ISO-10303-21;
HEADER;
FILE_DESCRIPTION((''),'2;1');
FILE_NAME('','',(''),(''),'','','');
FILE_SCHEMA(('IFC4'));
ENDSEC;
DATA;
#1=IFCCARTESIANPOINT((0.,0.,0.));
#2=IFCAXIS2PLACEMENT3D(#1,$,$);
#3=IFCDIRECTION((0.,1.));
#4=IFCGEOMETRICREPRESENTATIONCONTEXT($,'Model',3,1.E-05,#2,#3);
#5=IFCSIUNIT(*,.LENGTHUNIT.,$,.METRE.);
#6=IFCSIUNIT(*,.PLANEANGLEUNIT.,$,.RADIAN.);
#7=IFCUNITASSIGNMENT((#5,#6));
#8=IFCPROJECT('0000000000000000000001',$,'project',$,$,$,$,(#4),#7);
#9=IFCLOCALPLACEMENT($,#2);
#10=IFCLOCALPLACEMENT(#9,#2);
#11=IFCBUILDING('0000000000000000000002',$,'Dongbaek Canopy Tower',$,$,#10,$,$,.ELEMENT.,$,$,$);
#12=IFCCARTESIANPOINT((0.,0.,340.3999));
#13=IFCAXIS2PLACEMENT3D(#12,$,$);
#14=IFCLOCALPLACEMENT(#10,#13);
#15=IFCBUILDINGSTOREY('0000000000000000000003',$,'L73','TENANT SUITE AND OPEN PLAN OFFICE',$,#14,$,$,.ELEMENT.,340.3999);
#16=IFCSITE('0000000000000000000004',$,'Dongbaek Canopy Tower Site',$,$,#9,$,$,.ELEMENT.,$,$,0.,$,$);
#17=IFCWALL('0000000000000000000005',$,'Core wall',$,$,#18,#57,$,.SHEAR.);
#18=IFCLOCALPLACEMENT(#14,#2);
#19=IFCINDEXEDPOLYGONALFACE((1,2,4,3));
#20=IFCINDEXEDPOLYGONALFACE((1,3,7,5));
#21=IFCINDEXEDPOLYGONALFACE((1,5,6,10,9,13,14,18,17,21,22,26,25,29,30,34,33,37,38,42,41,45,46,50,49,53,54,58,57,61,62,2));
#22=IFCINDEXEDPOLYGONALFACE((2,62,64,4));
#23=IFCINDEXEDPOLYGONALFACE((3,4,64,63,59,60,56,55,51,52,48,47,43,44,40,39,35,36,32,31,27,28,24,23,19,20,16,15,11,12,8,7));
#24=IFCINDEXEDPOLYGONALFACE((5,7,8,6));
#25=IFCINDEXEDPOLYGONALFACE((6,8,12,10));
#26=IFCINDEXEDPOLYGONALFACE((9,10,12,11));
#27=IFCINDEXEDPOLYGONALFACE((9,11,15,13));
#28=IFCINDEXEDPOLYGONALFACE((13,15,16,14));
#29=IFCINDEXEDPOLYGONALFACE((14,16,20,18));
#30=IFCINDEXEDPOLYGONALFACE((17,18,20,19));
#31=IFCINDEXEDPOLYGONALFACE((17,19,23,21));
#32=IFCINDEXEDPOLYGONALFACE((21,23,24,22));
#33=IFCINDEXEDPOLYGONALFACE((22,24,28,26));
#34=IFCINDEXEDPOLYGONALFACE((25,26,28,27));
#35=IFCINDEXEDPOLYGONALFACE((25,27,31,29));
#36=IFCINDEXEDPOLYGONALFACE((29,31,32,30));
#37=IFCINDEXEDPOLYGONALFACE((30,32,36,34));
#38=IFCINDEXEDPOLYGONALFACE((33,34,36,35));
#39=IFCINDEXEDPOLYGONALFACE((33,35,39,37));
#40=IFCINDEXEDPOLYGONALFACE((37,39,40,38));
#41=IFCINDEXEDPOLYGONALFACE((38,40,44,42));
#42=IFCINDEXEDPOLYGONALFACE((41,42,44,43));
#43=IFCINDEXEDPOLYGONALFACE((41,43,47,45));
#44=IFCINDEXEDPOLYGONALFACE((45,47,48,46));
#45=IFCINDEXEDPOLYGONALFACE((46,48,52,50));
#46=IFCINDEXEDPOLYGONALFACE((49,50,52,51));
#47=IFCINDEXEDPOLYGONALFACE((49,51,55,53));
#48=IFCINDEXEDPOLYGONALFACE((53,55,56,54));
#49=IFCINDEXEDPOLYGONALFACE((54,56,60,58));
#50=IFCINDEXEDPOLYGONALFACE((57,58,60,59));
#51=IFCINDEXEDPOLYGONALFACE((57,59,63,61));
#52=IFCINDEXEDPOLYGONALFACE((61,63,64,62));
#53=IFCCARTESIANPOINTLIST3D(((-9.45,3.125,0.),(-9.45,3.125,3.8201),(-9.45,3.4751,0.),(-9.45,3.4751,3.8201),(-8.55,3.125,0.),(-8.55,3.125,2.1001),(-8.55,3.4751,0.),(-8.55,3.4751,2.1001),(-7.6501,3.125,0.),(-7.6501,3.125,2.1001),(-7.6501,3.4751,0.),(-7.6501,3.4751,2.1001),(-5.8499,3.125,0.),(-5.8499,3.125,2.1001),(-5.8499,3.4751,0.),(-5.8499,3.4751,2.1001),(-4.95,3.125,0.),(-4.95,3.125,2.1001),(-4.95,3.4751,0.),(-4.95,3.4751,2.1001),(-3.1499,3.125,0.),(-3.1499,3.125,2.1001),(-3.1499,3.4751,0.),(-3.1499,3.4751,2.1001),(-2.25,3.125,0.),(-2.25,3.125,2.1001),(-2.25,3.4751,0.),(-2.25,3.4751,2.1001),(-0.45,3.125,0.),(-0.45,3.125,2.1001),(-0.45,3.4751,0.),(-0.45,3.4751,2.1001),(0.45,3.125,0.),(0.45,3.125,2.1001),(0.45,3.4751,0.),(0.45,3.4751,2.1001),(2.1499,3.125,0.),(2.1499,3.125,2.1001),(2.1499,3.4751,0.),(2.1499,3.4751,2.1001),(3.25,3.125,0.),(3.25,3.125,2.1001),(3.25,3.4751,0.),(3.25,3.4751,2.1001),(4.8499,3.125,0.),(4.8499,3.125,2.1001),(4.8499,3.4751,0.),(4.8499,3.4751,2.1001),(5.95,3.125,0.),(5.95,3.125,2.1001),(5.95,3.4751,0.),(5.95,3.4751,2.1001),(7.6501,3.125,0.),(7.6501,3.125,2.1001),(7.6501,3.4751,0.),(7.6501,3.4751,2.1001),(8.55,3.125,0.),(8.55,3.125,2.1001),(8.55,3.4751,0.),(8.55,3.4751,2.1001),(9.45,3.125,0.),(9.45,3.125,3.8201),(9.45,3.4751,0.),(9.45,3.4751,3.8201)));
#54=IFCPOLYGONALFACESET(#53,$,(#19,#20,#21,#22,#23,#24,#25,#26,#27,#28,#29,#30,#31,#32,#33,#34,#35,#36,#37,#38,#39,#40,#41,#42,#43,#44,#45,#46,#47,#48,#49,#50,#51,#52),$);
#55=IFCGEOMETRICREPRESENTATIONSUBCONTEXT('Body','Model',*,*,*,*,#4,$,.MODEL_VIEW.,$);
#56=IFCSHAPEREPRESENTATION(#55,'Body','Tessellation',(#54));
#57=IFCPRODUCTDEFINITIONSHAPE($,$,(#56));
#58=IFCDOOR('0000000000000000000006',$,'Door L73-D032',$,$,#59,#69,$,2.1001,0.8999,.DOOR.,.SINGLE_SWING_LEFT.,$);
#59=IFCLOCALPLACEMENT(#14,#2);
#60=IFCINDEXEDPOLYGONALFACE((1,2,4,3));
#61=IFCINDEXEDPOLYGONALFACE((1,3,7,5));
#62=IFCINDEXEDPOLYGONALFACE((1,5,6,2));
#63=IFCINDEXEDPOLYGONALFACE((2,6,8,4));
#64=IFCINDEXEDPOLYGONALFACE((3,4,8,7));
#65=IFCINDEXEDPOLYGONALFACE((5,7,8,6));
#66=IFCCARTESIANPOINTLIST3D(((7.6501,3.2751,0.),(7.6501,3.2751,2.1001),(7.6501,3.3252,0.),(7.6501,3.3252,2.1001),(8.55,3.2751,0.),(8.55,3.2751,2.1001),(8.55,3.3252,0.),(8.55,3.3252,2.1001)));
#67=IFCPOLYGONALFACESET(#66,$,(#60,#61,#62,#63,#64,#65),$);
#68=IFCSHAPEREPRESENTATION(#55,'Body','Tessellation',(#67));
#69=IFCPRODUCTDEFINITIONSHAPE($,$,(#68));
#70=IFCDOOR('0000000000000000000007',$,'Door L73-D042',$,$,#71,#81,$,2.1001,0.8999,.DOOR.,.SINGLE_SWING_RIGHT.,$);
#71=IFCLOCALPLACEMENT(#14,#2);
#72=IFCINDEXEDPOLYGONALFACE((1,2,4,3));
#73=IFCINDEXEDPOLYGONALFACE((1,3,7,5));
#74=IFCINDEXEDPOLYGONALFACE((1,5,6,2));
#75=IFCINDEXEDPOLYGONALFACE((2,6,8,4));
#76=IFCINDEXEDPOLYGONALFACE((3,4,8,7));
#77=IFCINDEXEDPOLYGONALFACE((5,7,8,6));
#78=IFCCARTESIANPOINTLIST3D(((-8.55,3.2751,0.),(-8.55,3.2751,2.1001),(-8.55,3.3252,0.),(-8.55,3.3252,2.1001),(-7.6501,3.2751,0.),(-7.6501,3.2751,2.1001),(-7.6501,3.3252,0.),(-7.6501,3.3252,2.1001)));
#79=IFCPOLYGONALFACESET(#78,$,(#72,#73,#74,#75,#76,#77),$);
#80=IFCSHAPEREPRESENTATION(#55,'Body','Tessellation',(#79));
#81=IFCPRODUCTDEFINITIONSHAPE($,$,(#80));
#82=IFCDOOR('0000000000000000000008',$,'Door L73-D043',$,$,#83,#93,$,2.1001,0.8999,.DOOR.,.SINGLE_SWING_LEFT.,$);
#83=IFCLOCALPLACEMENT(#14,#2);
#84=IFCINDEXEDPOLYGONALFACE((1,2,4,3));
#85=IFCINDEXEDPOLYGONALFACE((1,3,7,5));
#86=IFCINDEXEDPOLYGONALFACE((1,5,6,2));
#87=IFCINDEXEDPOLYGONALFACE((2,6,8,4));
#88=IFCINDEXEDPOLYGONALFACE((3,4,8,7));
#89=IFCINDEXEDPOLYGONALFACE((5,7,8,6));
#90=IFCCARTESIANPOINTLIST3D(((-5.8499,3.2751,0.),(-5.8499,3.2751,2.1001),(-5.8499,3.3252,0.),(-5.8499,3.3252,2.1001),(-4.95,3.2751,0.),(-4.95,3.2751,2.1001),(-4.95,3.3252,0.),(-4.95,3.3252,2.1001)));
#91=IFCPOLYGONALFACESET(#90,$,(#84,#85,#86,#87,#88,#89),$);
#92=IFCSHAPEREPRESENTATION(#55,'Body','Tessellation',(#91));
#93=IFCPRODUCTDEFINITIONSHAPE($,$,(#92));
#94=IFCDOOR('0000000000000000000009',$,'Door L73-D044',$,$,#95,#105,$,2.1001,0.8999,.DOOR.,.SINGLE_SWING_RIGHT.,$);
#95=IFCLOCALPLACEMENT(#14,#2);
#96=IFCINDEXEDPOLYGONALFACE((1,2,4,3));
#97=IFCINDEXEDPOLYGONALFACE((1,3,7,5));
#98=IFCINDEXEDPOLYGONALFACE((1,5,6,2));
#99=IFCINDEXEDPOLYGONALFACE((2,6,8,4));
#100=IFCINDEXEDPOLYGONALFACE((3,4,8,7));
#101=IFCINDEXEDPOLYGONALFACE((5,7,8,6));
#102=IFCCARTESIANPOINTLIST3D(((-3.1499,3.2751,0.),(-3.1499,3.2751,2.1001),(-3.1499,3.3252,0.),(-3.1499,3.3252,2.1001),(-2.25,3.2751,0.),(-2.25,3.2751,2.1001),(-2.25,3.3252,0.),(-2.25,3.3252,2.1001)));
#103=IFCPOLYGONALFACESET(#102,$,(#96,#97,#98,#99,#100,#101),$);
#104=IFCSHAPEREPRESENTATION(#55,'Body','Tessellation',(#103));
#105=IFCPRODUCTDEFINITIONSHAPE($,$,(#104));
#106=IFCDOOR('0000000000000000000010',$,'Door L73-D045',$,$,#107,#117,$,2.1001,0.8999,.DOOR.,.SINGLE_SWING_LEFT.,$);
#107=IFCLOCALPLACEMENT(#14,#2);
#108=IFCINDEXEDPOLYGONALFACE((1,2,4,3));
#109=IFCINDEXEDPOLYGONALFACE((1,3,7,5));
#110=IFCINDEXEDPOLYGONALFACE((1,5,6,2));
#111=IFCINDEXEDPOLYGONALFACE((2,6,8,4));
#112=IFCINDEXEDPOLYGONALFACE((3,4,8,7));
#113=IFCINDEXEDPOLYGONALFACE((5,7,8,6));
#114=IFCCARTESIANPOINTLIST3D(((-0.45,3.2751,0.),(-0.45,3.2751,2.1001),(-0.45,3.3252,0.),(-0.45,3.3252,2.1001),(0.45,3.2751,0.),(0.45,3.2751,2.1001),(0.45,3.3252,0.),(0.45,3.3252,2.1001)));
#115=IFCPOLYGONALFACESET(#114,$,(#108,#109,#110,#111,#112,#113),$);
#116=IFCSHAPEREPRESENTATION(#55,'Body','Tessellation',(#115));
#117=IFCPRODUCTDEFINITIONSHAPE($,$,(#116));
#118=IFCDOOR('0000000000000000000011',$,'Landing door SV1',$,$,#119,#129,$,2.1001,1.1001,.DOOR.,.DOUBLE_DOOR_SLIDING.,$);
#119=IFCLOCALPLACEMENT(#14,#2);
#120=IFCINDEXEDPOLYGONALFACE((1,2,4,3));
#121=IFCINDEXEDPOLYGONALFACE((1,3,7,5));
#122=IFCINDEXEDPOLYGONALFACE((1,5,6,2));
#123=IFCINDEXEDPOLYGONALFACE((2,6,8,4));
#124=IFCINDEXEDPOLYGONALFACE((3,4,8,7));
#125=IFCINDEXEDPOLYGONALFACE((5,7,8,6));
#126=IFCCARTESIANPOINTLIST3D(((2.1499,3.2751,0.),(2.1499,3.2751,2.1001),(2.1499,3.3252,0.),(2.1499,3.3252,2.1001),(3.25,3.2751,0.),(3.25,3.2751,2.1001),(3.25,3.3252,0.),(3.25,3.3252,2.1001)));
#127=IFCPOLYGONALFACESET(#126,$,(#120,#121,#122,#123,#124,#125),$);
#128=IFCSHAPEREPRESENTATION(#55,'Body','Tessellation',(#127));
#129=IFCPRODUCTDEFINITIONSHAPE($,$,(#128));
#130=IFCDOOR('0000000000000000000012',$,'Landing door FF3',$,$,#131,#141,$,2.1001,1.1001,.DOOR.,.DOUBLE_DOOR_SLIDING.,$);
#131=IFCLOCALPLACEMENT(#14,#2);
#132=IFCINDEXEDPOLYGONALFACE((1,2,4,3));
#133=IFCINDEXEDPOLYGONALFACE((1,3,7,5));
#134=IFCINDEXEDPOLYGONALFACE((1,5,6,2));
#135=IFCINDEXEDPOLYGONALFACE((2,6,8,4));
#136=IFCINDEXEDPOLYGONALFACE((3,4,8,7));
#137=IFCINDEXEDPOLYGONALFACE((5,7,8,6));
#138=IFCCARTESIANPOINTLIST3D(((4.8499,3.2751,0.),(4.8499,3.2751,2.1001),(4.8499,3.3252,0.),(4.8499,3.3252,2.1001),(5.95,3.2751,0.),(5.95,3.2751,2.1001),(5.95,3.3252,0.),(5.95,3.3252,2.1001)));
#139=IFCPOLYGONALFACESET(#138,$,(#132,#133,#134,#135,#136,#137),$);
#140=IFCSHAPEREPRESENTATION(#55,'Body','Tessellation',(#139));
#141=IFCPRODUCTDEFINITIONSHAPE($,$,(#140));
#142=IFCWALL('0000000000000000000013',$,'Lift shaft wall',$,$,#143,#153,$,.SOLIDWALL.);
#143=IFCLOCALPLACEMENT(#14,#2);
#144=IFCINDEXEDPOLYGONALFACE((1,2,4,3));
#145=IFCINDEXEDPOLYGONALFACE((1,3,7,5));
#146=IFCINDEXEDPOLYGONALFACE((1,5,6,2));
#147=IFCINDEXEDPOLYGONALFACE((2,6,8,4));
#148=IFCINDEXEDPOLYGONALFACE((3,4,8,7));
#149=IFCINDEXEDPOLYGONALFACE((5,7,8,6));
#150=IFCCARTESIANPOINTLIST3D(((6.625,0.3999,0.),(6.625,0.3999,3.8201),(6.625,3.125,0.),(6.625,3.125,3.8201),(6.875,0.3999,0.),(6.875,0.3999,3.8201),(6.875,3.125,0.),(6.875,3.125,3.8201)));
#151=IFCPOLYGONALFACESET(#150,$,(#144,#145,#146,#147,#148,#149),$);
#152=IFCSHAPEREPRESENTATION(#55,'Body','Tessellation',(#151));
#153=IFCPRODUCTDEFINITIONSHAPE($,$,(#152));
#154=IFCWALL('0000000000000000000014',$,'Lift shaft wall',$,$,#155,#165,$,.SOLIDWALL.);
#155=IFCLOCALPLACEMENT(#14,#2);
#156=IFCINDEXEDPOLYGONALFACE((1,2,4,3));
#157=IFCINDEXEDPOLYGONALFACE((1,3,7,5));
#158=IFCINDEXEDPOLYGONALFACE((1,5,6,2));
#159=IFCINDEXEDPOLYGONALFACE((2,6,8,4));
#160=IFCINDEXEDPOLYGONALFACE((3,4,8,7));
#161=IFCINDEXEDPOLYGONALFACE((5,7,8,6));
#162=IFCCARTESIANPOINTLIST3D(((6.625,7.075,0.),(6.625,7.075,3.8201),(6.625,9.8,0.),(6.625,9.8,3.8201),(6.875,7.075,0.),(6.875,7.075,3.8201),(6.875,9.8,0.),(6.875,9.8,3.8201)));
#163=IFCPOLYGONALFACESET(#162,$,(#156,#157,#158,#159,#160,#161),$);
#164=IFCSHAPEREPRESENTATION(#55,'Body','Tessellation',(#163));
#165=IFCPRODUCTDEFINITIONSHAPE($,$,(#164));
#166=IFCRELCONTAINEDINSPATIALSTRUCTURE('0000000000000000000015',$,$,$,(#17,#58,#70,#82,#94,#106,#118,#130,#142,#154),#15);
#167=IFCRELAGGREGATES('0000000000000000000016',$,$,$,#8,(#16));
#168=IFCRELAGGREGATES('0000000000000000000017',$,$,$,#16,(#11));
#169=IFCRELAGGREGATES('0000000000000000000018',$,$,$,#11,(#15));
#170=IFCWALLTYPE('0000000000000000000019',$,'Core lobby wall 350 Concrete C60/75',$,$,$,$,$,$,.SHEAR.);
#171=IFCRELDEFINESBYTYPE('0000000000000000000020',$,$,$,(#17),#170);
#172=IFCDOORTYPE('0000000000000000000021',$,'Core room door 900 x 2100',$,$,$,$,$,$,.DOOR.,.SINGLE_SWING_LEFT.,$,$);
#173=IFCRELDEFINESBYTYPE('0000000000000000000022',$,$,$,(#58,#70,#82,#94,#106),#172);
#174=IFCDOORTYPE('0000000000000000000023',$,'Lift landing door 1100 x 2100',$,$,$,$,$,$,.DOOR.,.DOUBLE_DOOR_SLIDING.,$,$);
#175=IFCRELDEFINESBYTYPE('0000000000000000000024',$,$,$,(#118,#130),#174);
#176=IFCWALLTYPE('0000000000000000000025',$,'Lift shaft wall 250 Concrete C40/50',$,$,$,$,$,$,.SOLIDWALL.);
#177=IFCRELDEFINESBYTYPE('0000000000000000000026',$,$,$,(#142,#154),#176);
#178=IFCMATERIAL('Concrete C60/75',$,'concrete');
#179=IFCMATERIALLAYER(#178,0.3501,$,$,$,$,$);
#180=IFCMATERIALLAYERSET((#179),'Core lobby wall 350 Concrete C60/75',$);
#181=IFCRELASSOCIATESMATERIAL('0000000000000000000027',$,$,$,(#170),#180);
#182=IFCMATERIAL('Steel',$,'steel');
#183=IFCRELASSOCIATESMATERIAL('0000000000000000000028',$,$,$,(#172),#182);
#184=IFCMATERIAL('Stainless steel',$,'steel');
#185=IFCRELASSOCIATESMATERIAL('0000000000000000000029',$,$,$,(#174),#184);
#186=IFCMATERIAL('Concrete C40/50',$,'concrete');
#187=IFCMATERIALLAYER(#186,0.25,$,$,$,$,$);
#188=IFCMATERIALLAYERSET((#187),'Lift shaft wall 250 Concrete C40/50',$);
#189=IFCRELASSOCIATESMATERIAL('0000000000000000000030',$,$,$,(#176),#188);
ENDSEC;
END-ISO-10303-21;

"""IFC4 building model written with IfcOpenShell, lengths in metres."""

from ifc_helpers import new_model, si_unit, direction, frame, frame_2d, origin, place, context, subcontext, project, spatial, rectangle, extrude, material, layer, layer_set, type_object, element, fill, save


model = new_model("IFC4")

# Units and contexts
model_context = context("Model", 3, precision=1e-05, world=origin(), true_north=direction((0.0, 1.0)))
body_context = subcontext(model_context, "Body", "Model", "MODEL_VIEW")
ifc_project = project(units=[si_unit("LENGTHUNIT", "METRE"), si_unit("PLANEANGLEUNIT", "RADIAN")], contexts=[model_context])

# Site, building, storey
site_placement = place(None, origin())
site = spatial("IfcSite", under=ifc_project, at=site_placement, Name="Dongbaek Canopy Tower Site", CompositionType="ELEMENT", RefElevation=0.0)
building_placement = place(site_placement, origin())
building = spatial("IfcBuilding", under=site, at=building_placement, Name="Dongbaek Canopy Tower", CompositionType="ELEMENT")
storey_placement = place(building_placement, frame((0.0, 0.0, 340.3999)))
storey = spatial("IfcBuildingStorey", under=building, at=storey_placement, Name="L73", Description="TENANT SUITE AND OPEN PLAN OFFICE", CompositionType="ELEMENT", Elevation=340.3999)

# Wall, openings, doors
ifc_material_1 = material(Name="Concrete C60/75", Category="concrete")
ifc_layer_1 = layer(ifc_material_1, 0.3501)
ifc_layer_set_1 = layer_set([ifc_layer_1], Name="Core lobby wall 350 Concrete C60/75")
wall_type_1 = type_object("IfcWallType", Name="Core lobby wall 350 Concrete C60/75", PredefinedType="SHEAR", material=ifc_layer_set_1)
wall_1_placement = place(storey_placement, frame((9.45, 3.3, 0.0), z_axis=(0.0, 0.0, 1.0), x_axis=(-1.0, 0.0, 0.0)))
wall_1 = element("IfcWall", 1, at=wall_1_placement, inside=storey, type_object=wall_type_1, Name="Core wall", PredefinedType="SHEAR", context=body_context, shape_type="SweptSolid", body=[
    extrude(rectangle(XDim=18.8999, YDim=0.3501, at=frame_2d((9.45, 0.0))), origin(), (0.0, 0.0, 1.0), 3.8201),
])
opening_1_placement = place(wall_1_placement, frame((6.2, 0.0, 0.0)))
opening_1 = element("IfcOpeningElement", 2, at=opening_1_placement, cuts=wall_1, PredefinedType="OPENING", context=body_context, shape_type="SweptSolid", body=[
    extrude(rectangle(XDim=1.1001, YDim=2.1001, at=frame_2d((0.55, 1.05))), frame((0.0, 0.1851, 0.0), z_axis=(0.0, -1.0, 0.0), x_axis=(1.0, 0.0, 0.0)), (0.0, 0.0, 1.0), 0.3701),
])
opening_2_placement = place(wall_1_placement, frame((3.5, 0.0, 0.0)))
opening_2 = element("IfcOpeningElement", 3, at=opening_2_placement, cuts=wall_1, PredefinedType="OPENING", context=body_context, shape_type="SweptSolid", body=[
    extrude(rectangle(XDim=1.1001, YDim=2.1001, at=frame_2d((0.55, 1.05))), frame((0.0, 0.1851, 0.0), z_axis=(0.0, -1.0, 0.0), x_axis=(1.0, 0.0, 0.0)), (0.0, 0.0, 1.0), 0.3701),
])
opening_3_placement = place(wall_1_placement, frame((0.8999, 0.0, 0.0)))
opening_3 = element("IfcOpeningElement", 4, at=opening_3_placement, cuts=wall_1, PredefinedType="OPENING", context=body_context, shape_type="SweptSolid", body=[
    extrude(rectangle(XDim=0.8999, YDim=2.1001, at=frame_2d((0.45, 1.05))), frame((0.0, 0.1851, 0.0), z_axis=(0.0, -1.0, 0.0), x_axis=(1.0, 0.0, 0.0)), (0.0, 0.0, 1.0), 0.3701),
])
opening_4_placement = place(wall_1_placement, frame((17.1001, 0.0, 0.0)))
opening_4 = element("IfcOpeningElement", 5, at=opening_4_placement, cuts=wall_1, PredefinedType="OPENING", context=body_context, shape_type="SweptSolid", body=[
    extrude(rectangle(XDim=0.8999, YDim=2.1001, at=frame_2d((0.45, 1.05))), frame((0.0, 0.1851, 0.0), z_axis=(0.0, -1.0, 0.0), x_axis=(1.0, 0.0, 0.0)), (0.0, 0.0, 1.0), 0.3701),
])
opening_5_placement = place(wall_1_placement, frame((14.3999, 0.0, 0.0)))
opening_5 = element("IfcOpeningElement", 6, at=opening_5_placement, cuts=wall_1, PredefinedType="OPENING", context=body_context, shape_type="SweptSolid", body=[
    extrude(rectangle(XDim=0.8999, YDim=2.1001, at=frame_2d((0.45, 1.05))), frame((0.0, 0.1851, 0.0), z_axis=(0.0, -1.0, 0.0), x_axis=(1.0, 0.0, 0.0)), (0.0, 0.0, 1.0), 0.3701),
])
opening_6_placement = place(wall_1_placement, frame((11.7, 0.0, 0.0)))
opening_6 = element("IfcOpeningElement", 7, at=opening_6_placement, cuts=wall_1, PredefinedType="OPENING", context=body_context, shape_type="SweptSolid", body=[
    extrude(rectangle(XDim=0.8999, YDim=2.1001, at=frame_2d((0.45, 1.05))), frame((0.0, 0.1851, 0.0), z_axis=(0.0, -1.0, 0.0), x_axis=(1.0, 0.0, 0.0)), (0.0, 0.0, 1.0), 0.3701),
])
opening_7_placement = place(wall_1_placement, frame((9.0, 0.0, 0.0)))
opening_7 = element("IfcOpeningElement", 8, at=opening_7_placement, cuts=wall_1, PredefinedType="OPENING", context=body_context, shape_type="SweptSolid", body=[
    extrude(rectangle(XDim=0.8999, YDim=2.1001, at=frame_2d((0.45, 1.05))), frame((0.0, 0.1851, 0.0), z_axis=(0.0, -1.0, 0.0), x_axis=(1.0, 0.0, 0.0)), (0.0, 0.0, 1.0), 0.3701),
])
ifc_material_2 = material(Name="Steel", Category="steel")
door_type_1 = type_object("IfcDoorType", Name="Core room door 900 x 2100", OperationType="SINGLE_SWING_LEFT", PredefinedType="DOOR", material=ifc_material_2)
door_1_placement = place(opening_3_placement, origin())
door_1 = element("IfcDoor", 9, at=door_1_placement, inside=storey, type_object=door_type_1, Name="Door L73-D032", OperationType="SINGLE_SWING_LEFT", OverallHeight=2.1001, OverallWidth=0.8999, PredefinedType="DOOR", context=body_context, shape_type="SweptSolid", body=[
    extrude(rectangle(XDim=0.8999, YDim=2.1001, at=frame_2d((0.45, 1.05))), frame((0.0, 0.0249, 0.0), z_axis=(0.0, -1.0, 0.0), x_axis=(1.0, 0.0, 0.0)), (0.0, 0.0, 1.0), 0.05),
])
fill(opening_3, door_1)
door_2_placement = place(opening_4_placement, origin())
door_2 = element("IfcDoor", 10, at=door_2_placement, inside=storey, type_object=door_type_1, Name="Door L73-D042", OperationType="SINGLE_SWING_RIGHT", OverallHeight=2.1001, OverallWidth=0.8999, PredefinedType="DOOR", context=body_context, shape_type="SweptSolid", body=[
    extrude(rectangle(XDim=0.8999, YDim=2.1001, at=frame_2d((0.45, 1.05))), frame((0.0, 0.0249, 0.0), z_axis=(0.0, -1.0, 0.0), x_axis=(1.0, 0.0, 0.0)), (0.0, 0.0, 1.0), 0.05),
])
fill(opening_4, door_2)
door_3_placement = place(opening_5_placement, origin())
door_3 = element("IfcDoor", 11, at=door_3_placement, inside=storey, type_object=door_type_1, Name="Door L73-D043", OperationType="SINGLE_SWING_LEFT", OverallHeight=2.1001, OverallWidth=0.8999, PredefinedType="DOOR", context=body_context, shape_type="SweptSolid", body=[
    extrude(rectangle(XDim=0.8999, YDim=2.1001, at=frame_2d((0.45, 1.05))), frame((0.0, 0.0249, 0.0), z_axis=(0.0, -1.0, 0.0), x_axis=(1.0, 0.0, 0.0)), (0.0, 0.0, 1.0), 0.05),
])
fill(opening_5, door_3)
door_4_placement = place(opening_6_placement, origin())
door_4 = element("IfcDoor", 12, at=door_4_placement, inside=storey, type_object=door_type_1, Name="Door L73-D044", OperationType="SINGLE_SWING_RIGHT", OverallHeight=2.1001, OverallWidth=0.8999, PredefinedType="DOOR", context=body_context, shape_type="SweptSolid", body=[
    extrude(rectangle(XDim=0.8999, YDim=2.1001, at=frame_2d((0.45, 1.05))), frame((0.0, 0.0249, 0.0), z_axis=(0.0, -1.0, 0.0), x_axis=(1.0, 0.0, 0.0)), (0.0, 0.0, 1.0), 0.05),
])
fill(opening_6, door_4)
door_5_placement = place(opening_7_placement, origin())
door_5 = element("IfcDoor", 13, at=door_5_placement, inside=storey, type_object=door_type_1, Name="Door L73-D045", OperationType="SINGLE_SWING_LEFT", OverallHeight=2.1001, OverallWidth=0.8999, PredefinedType="DOOR", context=body_context, shape_type="SweptSolid", body=[
    extrude(rectangle(XDim=0.8999, YDim=2.1001, at=frame_2d((0.45, 1.05))), frame((0.0, 0.0249, 0.0), z_axis=(0.0, -1.0, 0.0), x_axis=(1.0, 0.0, 0.0)), (0.0, 0.0, 1.0), 0.05),
])
fill(opening_7, door_5)
ifc_material_3 = material(Name="Stainless steel", Category="steel")
door_type_2 = type_object("IfcDoorType", Name="Lift landing door 1100 x 2100", OperationType="DOUBLE_DOOR_SLIDING", PredefinedType="DOOR", material=ifc_material_3)
door_6_placement = place(opening_1_placement, origin())
door_6 = element("IfcDoor", 14, at=door_6_placement, inside=storey, type_object=door_type_2, Name="Landing door SV1", OperationType="DOUBLE_DOOR_SLIDING", OverallHeight=2.1001, OverallWidth=1.1001, PredefinedType="DOOR", context=body_context, shape_type="SweptSolid", body=[
    extrude(rectangle(XDim=1.1001, YDim=2.1001, at=frame_2d((0.55, 1.05))), frame((0.0, 0.0249, 0.0), z_axis=(0.0, -1.0, 0.0), x_axis=(1.0, 0.0, 0.0)), (0.0, 0.0, 1.0), 0.05),
])
fill(opening_1, door_6)
door_7_placement = place(opening_2_placement, origin())
door_7 = element("IfcDoor", 15, at=door_7_placement, inside=storey, type_object=door_type_2, Name="Landing door FF3", OperationType="DOUBLE_DOOR_SLIDING", OverallHeight=2.1001, OverallWidth=1.1001, PredefinedType="DOOR", context=body_context, shape_type="SweptSolid", body=[
    extrude(rectangle(XDim=1.1001, YDim=2.1001, at=frame_2d((0.55, 1.05))), frame((0.0, 0.0249, 0.0), z_axis=(0.0, -1.0, 0.0), x_axis=(1.0, 0.0, 0.0)), (0.0, 0.0, 1.0), 0.05),
])
fill(opening_2, door_7)

# Walls
ifc_material_4 = material(Name="Concrete C40/50", Category="concrete")
ifc_layer_2 = layer(ifc_material_4, 0.25)
ifc_layer_set_2 = layer_set([ifc_layer_2], Name="Lift shaft wall 250 Concrete C40/50")
wall_type_2 = type_object("IfcWallType", Name="Lift shaft wall 250 Concrete C40/50", PredefinedType="SOLIDWALL", material=ifc_layer_set_2)
for number, where, z_axis, x_axis, name in (
    (16, (6.75, 0.3999, 0.0), (0.0, 0.0, 1.0), (0.0, 1.0, 0.0), "Lift shaft wall"),
    (17, (6.75, 7.075, 0.0), (0.0, 0.0, 1.0), (0.0, 1.0, 0.0), "Lift shaft wall"),
):
    element("IfcWall", number, at=place(storey_placement, frame(where, z_axis=z_axis, x_axis=x_axis)), inside=storey, type_object=wall_type_2, Name=name, PredefinedType="SOLIDWALL", context=body_context, shape_type="SweptSolid", body=[
        extrude(rectangle(XDim=2.7251, YDim=0.25, at=frame_2d((1.3625, 0.0))), origin(), (0.0, 0.0, 1.0), 3.8201),
    ])

save(model, "model.ifc")
